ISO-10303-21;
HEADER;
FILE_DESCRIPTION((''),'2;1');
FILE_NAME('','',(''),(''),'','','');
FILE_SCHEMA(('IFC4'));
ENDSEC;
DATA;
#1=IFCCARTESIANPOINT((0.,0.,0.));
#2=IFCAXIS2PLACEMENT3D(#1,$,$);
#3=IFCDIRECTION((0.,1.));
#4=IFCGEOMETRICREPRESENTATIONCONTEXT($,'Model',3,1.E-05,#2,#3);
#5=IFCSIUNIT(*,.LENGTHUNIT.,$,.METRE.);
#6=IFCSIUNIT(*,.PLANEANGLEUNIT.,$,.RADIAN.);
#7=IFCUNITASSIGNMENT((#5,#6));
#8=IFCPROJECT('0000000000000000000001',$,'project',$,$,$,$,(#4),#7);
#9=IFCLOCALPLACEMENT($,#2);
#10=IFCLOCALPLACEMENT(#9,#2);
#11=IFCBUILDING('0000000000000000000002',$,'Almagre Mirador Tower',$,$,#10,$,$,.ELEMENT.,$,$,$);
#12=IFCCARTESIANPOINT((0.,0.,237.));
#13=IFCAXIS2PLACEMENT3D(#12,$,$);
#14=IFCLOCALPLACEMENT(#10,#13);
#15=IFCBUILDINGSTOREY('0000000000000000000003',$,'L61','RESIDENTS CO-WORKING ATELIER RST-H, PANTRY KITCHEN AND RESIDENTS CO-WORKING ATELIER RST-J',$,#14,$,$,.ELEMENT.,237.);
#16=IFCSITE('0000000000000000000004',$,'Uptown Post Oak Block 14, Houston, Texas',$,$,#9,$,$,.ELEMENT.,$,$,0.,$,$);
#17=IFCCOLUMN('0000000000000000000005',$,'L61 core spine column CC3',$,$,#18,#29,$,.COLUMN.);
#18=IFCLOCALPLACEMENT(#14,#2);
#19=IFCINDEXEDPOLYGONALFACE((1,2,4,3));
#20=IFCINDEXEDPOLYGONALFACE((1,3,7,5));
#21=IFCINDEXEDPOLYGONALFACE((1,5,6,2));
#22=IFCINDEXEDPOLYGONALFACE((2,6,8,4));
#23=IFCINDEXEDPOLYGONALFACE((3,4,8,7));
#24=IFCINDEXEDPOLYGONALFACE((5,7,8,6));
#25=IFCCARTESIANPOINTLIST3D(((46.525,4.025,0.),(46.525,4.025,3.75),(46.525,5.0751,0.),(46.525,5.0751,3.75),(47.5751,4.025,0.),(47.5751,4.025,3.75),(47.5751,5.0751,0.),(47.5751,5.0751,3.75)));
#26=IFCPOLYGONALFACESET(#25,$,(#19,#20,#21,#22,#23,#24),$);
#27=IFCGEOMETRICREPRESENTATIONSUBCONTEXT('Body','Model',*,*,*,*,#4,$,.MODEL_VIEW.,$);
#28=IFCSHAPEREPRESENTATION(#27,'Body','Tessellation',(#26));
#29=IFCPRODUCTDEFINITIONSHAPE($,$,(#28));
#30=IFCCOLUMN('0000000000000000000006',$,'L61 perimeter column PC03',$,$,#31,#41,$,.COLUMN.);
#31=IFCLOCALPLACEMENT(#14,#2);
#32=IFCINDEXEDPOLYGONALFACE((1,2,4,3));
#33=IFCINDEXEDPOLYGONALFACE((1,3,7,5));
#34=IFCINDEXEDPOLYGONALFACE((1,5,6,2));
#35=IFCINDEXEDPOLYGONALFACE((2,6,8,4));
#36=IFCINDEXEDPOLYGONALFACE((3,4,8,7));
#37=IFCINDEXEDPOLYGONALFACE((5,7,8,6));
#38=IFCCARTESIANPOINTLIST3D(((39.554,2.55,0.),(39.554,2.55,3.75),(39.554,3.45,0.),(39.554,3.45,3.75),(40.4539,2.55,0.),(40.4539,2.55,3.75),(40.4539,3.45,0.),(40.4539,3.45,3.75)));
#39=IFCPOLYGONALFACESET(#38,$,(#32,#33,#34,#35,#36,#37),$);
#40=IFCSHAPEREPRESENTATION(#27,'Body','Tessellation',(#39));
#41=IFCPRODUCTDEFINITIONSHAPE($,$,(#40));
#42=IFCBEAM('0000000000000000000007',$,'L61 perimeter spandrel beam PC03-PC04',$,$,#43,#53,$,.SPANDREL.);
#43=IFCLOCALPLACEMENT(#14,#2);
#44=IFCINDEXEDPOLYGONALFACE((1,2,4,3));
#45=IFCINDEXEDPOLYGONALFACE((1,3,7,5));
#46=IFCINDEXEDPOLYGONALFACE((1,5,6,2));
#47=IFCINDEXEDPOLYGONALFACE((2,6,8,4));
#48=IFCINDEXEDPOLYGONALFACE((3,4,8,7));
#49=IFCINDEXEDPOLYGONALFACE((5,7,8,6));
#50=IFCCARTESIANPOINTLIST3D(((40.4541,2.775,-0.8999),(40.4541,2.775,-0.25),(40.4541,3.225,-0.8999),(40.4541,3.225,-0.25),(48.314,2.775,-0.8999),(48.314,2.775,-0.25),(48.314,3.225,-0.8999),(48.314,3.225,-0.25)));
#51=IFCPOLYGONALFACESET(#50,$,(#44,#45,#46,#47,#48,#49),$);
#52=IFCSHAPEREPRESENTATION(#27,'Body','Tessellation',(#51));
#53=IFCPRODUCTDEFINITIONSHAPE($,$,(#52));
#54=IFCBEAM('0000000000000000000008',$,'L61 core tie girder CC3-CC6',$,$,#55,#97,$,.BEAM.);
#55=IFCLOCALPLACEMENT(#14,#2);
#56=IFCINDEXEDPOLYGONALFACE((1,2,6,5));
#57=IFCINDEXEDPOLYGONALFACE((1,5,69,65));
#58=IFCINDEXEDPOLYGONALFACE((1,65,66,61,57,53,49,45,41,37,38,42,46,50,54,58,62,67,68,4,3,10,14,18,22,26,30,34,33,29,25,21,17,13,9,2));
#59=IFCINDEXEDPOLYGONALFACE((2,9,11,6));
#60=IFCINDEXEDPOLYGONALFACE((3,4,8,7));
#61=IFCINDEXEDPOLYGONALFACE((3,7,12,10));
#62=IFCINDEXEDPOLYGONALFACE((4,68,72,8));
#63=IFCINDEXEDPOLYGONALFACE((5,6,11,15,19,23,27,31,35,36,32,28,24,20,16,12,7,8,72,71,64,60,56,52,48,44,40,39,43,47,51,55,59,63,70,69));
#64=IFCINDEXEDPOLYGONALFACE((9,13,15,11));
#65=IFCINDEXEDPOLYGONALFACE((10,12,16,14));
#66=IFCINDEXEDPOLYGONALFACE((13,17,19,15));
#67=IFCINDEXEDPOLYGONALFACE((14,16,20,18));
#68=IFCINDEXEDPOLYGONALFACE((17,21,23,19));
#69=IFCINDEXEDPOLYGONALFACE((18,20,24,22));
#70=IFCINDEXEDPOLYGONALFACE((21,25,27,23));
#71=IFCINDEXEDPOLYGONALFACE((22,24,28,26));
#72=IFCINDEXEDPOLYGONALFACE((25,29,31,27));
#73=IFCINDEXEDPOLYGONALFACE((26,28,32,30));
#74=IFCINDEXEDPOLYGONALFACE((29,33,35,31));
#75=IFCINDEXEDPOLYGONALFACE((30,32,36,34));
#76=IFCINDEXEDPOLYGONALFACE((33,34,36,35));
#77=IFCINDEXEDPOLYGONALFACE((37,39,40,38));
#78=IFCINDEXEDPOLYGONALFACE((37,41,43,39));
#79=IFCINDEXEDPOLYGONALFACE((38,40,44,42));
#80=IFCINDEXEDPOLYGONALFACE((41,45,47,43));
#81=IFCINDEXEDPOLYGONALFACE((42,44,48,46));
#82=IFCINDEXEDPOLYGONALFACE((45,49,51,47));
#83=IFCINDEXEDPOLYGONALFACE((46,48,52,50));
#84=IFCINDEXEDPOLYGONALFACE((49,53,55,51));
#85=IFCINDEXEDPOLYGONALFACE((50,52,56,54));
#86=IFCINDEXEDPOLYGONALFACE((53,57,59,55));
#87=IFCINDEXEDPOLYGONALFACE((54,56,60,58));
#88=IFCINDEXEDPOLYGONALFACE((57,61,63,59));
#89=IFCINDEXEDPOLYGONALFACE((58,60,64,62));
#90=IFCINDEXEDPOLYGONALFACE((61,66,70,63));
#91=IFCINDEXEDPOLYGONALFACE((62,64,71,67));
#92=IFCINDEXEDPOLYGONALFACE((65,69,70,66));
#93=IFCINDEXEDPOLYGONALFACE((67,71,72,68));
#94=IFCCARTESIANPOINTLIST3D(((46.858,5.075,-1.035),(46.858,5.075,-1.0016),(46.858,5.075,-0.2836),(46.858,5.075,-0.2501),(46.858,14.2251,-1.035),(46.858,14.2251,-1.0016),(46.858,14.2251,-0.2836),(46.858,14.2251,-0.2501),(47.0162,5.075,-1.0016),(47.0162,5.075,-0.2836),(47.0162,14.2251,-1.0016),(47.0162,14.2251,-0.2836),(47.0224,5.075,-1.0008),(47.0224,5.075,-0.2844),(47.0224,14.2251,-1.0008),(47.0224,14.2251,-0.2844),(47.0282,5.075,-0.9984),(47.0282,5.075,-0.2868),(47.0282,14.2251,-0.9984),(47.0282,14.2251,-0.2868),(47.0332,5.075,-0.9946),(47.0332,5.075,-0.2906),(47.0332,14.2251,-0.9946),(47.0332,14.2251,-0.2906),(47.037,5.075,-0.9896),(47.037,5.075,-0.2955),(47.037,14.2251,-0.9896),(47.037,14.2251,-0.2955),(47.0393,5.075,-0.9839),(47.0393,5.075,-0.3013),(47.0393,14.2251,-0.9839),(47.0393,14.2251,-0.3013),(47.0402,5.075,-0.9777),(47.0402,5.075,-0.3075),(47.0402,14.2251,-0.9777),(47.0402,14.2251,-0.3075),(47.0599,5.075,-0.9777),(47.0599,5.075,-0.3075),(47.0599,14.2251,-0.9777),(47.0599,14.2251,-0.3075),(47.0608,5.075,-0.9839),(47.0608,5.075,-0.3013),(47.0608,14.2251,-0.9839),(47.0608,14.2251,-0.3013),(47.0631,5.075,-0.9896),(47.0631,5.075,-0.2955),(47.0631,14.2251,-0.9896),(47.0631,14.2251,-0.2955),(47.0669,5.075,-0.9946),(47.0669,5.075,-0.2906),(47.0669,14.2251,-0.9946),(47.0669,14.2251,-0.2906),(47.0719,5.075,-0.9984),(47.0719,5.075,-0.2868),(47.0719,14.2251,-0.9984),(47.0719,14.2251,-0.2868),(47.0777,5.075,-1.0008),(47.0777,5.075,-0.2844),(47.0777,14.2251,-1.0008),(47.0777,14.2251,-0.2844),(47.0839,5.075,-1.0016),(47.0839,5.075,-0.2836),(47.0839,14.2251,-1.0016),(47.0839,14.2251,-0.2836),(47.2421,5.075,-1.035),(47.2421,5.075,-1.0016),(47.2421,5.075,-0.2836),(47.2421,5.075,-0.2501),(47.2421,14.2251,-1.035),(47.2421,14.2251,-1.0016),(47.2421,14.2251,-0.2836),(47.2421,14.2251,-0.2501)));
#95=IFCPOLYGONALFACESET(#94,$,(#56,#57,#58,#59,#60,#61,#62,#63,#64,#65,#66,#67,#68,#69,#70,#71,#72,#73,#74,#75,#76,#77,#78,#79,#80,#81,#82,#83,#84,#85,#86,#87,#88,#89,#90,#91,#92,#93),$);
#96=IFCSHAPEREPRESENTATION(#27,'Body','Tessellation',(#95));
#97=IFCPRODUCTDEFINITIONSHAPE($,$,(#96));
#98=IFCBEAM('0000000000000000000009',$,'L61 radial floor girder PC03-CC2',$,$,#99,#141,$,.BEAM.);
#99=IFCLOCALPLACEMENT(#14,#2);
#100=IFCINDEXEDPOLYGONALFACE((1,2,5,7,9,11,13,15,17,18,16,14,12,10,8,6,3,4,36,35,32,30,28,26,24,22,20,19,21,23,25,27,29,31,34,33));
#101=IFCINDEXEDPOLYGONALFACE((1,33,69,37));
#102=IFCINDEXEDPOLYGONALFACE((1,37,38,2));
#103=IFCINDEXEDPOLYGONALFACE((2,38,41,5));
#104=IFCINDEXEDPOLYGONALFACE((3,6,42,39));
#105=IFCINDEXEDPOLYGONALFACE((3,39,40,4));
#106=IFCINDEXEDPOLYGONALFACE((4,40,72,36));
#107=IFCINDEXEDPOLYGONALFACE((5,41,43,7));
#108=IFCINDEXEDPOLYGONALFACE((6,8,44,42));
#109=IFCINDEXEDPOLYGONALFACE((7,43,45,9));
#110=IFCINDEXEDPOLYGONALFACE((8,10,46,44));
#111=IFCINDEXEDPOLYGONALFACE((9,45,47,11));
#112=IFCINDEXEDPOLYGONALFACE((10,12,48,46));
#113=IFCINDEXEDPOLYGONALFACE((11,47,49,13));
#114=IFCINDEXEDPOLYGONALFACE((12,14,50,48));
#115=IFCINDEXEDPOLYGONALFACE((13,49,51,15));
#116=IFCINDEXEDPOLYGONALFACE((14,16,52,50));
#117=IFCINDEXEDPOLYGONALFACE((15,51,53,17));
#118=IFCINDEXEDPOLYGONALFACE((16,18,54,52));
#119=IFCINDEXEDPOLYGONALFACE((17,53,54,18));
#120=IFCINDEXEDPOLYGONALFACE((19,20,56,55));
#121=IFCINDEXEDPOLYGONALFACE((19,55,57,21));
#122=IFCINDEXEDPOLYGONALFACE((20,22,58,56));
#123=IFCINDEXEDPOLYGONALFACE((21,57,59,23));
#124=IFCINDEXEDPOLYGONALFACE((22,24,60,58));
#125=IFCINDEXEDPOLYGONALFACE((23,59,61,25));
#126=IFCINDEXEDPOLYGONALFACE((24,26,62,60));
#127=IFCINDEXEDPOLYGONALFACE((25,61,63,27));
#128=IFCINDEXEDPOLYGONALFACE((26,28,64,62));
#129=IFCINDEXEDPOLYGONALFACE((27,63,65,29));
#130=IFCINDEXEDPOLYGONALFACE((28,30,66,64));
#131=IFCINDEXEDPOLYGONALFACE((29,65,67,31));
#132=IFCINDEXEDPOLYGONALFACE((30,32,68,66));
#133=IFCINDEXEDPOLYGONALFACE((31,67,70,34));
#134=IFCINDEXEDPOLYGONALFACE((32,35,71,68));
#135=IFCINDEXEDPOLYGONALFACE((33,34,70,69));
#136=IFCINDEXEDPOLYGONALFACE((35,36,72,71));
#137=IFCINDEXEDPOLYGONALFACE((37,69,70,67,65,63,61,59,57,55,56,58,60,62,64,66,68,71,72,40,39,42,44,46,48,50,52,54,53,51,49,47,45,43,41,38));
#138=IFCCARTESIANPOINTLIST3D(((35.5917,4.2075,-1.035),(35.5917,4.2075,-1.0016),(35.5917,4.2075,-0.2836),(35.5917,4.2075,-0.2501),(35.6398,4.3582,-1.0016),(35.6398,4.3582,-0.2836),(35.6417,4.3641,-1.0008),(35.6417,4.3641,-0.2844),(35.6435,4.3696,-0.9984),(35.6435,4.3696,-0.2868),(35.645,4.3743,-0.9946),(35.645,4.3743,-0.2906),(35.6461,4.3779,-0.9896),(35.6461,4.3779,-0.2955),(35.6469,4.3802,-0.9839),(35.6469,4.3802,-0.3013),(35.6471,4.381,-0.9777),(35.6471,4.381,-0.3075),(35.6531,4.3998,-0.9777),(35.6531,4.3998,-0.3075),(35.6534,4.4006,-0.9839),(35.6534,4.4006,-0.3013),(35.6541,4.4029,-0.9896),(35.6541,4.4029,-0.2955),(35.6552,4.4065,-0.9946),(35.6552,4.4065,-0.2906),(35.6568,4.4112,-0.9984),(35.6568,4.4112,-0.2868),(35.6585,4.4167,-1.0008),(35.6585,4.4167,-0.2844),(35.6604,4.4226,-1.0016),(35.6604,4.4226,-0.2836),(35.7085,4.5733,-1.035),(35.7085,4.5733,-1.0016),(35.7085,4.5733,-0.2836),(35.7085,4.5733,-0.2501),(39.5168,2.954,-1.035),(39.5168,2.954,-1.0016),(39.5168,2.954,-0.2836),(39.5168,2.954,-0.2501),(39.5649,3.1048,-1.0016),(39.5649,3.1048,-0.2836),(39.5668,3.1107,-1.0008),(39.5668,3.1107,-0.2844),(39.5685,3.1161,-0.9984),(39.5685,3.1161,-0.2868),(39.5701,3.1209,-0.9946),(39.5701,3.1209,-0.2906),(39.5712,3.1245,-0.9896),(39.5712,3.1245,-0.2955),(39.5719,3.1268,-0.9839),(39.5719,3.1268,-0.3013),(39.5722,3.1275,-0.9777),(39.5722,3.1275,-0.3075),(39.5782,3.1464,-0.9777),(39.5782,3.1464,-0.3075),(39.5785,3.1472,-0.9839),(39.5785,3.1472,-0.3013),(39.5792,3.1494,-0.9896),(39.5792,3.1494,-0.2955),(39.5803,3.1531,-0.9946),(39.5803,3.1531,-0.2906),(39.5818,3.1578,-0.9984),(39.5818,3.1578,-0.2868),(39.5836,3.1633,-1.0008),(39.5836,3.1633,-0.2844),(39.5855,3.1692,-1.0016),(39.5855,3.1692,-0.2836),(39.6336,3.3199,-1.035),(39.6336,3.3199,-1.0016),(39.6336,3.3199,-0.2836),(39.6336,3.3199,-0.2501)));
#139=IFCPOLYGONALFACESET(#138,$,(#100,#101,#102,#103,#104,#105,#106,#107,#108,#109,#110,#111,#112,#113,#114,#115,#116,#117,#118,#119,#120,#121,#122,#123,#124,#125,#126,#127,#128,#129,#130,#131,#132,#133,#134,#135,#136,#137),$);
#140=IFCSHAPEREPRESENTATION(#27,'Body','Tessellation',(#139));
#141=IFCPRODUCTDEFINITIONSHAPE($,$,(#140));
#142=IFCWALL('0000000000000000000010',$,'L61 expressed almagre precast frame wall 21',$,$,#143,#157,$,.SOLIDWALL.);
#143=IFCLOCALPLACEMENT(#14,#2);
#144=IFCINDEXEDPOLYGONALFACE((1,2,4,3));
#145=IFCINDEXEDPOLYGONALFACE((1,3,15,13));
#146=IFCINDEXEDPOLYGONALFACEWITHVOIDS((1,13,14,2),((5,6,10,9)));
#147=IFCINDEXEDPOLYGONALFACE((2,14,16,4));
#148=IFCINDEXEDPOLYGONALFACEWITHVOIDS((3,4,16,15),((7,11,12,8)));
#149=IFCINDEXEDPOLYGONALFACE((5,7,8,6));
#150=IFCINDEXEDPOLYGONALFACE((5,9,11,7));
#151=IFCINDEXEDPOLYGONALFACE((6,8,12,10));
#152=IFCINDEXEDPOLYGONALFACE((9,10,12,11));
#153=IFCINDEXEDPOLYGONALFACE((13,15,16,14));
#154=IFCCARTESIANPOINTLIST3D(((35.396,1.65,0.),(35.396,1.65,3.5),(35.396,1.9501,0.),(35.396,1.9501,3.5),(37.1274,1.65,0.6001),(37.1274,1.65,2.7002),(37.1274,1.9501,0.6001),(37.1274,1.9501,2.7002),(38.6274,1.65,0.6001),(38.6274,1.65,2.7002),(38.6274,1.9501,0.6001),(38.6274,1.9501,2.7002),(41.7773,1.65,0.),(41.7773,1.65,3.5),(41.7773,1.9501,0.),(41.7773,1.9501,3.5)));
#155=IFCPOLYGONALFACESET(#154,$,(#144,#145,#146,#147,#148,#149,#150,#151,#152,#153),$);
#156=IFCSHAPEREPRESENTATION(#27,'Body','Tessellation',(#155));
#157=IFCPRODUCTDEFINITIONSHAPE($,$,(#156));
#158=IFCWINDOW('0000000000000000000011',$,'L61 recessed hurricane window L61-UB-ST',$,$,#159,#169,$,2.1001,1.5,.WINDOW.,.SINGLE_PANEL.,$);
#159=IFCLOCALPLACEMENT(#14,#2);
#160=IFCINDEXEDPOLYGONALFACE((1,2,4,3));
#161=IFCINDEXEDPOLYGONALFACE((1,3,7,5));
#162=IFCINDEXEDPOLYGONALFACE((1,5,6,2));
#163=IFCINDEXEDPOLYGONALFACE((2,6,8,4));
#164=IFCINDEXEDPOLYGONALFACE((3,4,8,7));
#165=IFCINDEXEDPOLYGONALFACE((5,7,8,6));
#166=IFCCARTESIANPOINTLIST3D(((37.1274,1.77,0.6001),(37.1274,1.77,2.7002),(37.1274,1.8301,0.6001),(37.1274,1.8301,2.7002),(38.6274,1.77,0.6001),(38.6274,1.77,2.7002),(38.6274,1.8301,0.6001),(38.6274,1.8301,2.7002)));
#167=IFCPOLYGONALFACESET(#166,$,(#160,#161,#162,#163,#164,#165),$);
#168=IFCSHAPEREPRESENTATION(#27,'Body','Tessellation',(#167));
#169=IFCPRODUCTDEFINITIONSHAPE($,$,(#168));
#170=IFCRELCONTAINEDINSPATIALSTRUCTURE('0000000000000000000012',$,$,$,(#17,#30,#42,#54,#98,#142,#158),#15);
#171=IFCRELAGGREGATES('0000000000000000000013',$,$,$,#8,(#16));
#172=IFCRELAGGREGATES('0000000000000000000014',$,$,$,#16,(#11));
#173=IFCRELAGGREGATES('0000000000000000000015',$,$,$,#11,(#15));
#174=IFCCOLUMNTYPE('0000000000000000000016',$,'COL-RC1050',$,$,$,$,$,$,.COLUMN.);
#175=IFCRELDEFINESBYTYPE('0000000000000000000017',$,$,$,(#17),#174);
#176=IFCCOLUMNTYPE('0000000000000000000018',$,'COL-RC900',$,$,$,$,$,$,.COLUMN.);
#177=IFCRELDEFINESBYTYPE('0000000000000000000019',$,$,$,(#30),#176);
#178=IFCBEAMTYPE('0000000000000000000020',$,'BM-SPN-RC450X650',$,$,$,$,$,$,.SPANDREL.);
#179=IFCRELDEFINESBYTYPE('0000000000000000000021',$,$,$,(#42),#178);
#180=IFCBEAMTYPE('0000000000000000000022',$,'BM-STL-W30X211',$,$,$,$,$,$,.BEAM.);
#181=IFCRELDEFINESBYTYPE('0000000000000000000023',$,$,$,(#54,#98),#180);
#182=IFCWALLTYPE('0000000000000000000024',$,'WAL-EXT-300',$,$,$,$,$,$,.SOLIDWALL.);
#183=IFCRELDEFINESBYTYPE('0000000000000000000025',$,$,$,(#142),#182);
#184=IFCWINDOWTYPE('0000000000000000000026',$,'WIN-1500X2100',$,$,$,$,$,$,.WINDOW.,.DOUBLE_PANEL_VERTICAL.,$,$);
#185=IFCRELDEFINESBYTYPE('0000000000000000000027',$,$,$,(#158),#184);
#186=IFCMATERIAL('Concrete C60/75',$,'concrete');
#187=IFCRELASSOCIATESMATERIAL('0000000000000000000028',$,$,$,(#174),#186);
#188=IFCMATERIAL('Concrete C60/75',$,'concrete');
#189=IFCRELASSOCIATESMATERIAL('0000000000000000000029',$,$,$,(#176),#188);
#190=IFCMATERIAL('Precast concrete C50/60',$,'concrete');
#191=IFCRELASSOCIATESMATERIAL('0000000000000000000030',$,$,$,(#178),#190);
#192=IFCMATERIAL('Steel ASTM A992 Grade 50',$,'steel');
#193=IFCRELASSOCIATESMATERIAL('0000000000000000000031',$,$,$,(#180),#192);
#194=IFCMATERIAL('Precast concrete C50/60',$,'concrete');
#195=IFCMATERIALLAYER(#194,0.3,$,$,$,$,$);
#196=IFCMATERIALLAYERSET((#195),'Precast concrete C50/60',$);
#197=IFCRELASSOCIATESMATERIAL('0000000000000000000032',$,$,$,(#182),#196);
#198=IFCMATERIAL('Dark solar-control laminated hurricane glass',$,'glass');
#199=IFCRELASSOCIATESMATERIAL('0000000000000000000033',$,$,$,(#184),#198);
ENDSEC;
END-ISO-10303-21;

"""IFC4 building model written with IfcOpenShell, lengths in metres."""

from ifc_helpers import new_model, si_unit, direction, frame, frame_2d, origin, origin_2d, place, context, subcontext, project, spatial, rectangle, i_section, extrude, material, layer, layer_set, material_profile, profile_set, type_object, element, fill, save


model = new_model("IFC4")

# Units and contexts
model_context = context("Model", 3, precision=1e-05, world=origin(), true_north=direction((0.0, 1.0)))
body_context = subcontext(model_context, "Body", "Model", "MODEL_VIEW")
ifc_project = project(units=[si_unit("LENGTHUNIT", "METRE"), si_unit("PLANEANGLEUNIT", "RADIAN")], contexts=[model_context])

# Site, building, storey
site_placement = place(None, origin())
site = spatial("IfcSite", under=ifc_project, at=site_placement, Name="Uptown Post Oak Block 14, Houston, Texas", CompositionType="ELEMENT", RefElevation=0.0)
building_placement = place(site_placement, origin())
building = spatial("IfcBuilding", under=site, at=building_placement, Name="Almagre Mirador Tower", CompositionType="ELEMENT")
storey_placement = place(building_placement, frame((0.0, 0.0, 237.0)))
storey = spatial("IfcBuildingStorey", under=building, at=storey_placement, Name="L61", Description="RESIDENTS CO-WORKING ATELIER RST-H, PANTRY KITCHEN AND RESIDENTS CO-WORKING ATELIER RST-J", CompositionType="ELEMENT", Elevation=237.0)

# Columns
ifc_material_1 = material(Name="Concrete C60/75", Category="concrete")
ifc_material_profile_1 = material_profile(ifc_material_1, rectangle(XDim=1.05, YDim=1.05, at=origin_2d()), Name="RC1050X1050")
ifc_profile_set_1 = profile_set([ifc_material_profile_1], Name="Concrete C60/75")
column_type_1 = type_object("IfcColumnType", Name="COL-RC1050", PredefinedType="COLUMN", material=ifc_profile_set_1)
column_1_placement = place(storey_placement, frame((47.05, 4.55, 0.0), z_axis=(0.0, 0.0, 1.0), x_axis=(1.0, 0.0, 0.0)))
element("IfcColumn", 1, at=column_1_placement, inside=storey, type_object=column_type_1, Name="L61 core spine column CC3", PredefinedType="COLUMN", context=body_context, shape_type="SweptSolid", body=[
    extrude(rectangle(XDim=1.05, YDim=1.05, at=origin_2d()), origin(), (0.0, 0.0, 1.0), 3.75),
])
ifc_material_2 = material(Name="Concrete C60/75", Category="concrete")
ifc_material_profile_2 = material_profile(ifc_material_2, rectangle(XDim=0.8999, YDim=0.8999, at=origin_2d()), Name="RC900X900")
ifc_profile_set_2 = profile_set([ifc_material_profile_2], Name="Concrete C60/75")
column_type_2 = type_object("IfcColumnType", Name="COL-RC900", PredefinedType="COLUMN", material=ifc_profile_set_2)
column_2_placement = place(storey_placement, frame((40.0039, 3.0, 0.0), z_axis=(0.0, 0.0, 1.0), x_axis=(1.0, 0.0, 0.0)))
element("IfcColumn", 2, at=column_2_placement, inside=storey, type_object=column_type_2, Name="L61 perimeter column PC03", PredefinedType="COLUMN", context=body_context, shape_type="SweptSolid", body=[
    extrude(rectangle(XDim=0.8999, YDim=0.8999, at=origin_2d()), origin(), (0.0, 0.0, 1.0), 3.75),
])

# Beams
ifc_material_3 = material(Name="Precast concrete C50/60", Category="concrete")
ifc_material_profile_3 = material_profile(ifc_material_3, rectangle(XDim=0.45, YDim=0.6499, at=origin_2d()), Name="RC450X650")
ifc_profile_set_3 = profile_set([ifc_material_profile_3], Name="Precast concrete C50/60")
beam_type_1 = type_object("IfcBeamType", Name="BM-SPN-RC450X650", PredefinedType="SPANDREL", material=ifc_profile_set_3)
beam_1_placement = place(storey_placement, frame((40.4541, 3.0, -0.575), z_axis=(1.0, 0.0, 0.0), x_axis=(0.0, 1.0, 0.0)))
element("IfcBeam", 3, at=beam_1_placement, inside=storey, type_object=beam_type_1, Name="L61 perimeter spandrel beam PC03-PC04", PredefinedType="SPANDREL", context=body_context, shape_type="SweptSolid", body=[
    extrude(rectangle(XDim=0.45, YDim=0.6499, at=origin_2d()), origin(), (0.0, 0.0, 1.0), 7.8599),
])
ifc_material_4 = material(Name="Steel ASTM A992 Grade 50", Category="steel")
ifc_material_profile_4 = material_profile(ifc_material_4, i_section(OverallWidth=0.384, OverallDepth=0.7849, WebThickness=0.0198, FlangeThickness=0.0334, FilletRadius=0.0239, at=origin_2d()), Name="W30X211")
ifc_profile_set_4 = profile_set([ifc_material_profile_4], Name="Steel ASTM A992 Grade 50")
beam_type_2 = type_object("IfcBeamType", Name="BM-STL-W30X211", PredefinedType="BEAM", material=ifc_profile_set_4)
beam_2_placement = place(storey_placement, frame((47.05, 5.075, -0.6426), z_axis=(0.0, 1.0, 0.0), x_axis=(-1.0, 0.0, 0.0)))
element("IfcBeam", 4, at=beam_2_placement, inside=storey, type_object=beam_type_2, Name="L61 core tie girder CC3-CC6", PredefinedType="BEAM", context=body_context, shape_type="SweptSolid", body=[
    extrude(i_section(OverallWidth=0.384, OverallDepth=0.7849, WebThickness=0.0198, FlangeThickness=0.0334, FilletRadius=0.0239, at=origin_2d()), origin(), (0.0, 0.0, 1.0), 9.1501),
])
beam_3_placement = place(storey_placement, frame((39.5752, 3.137, -0.6426), z_axis=(-0.952607, 0.304204, 0.0), x_axis=(-0.304204, -0.952607, 0.0)))
element("IfcBeam", 5, at=beam_3_placement, inside=storey, type_object=beam_type_2, Name="L61 radial floor girder PC03-CC2", PredefinedType="BEAM", context=body_context, shape_type="SweptSolid", body=[
    extrude(i_section(OverallWidth=0.384, OverallDepth=0.7849, WebThickness=0.0198, FlangeThickness=0.0334, FilletRadius=0.0239, at=origin_2d()), origin(), (0.0, 0.0, 1.0), 4.1204),
])

# Wall, opening, window
ifc_material_5 = material(Name="Precast concrete C50/60", Category="concrete")
ifc_layer_1 = layer(ifc_material_5, 0.3)
ifc_layer_set_1 = layer_set([ifc_layer_1], Name="Precast concrete C50/60")
wall_type_1 = type_object("IfcWallType", Name="WAL-EXT-300", PredefinedType="SOLIDWALL", material=ifc_layer_set_1)
wall_1_placement = place(storey_placement, frame((41.7773, 1.8, 0.0), z_axis=(0.0, 0.0, 1.0), x_axis=(-1.0, 0.0, 0.0)))
wall_1 = element("IfcWall", 6, at=wall_1_placement, inside=storey, type_object=wall_type_1, Name="L61 expressed almagre precast frame wall 21", PredefinedType="SOLIDWALL", context=body_context, shape_type="SweptSolid", body=[
    extrude(rectangle(XDim=6.3813, YDim=0.3, at=frame_2d((3.1907, 0.0))), origin(), (0.0, 0.0, 1.0), 3.5),
])
opening_1_placement = place(wall_1_placement, frame((3.1499, 0.0, 0.6001)))
opening_1 = element("IfcOpeningElement", 7, at=opening_1_placement, cuts=wall_1, PredefinedType="OPENING", context=body_context, shape_type="SweptSolid", body=[
    extrude(rectangle(XDim=1.5, YDim=2.1001, at=frame_2d((0.75, 1.05))), frame((0.0, 0.1599, 0.0), z_axis=(0.0, -1.0, 0.0), x_axis=(1.0, 0.0, 0.0)), (0.0, 0.0, 1.0), 0.32),
])
ifc_material_6 = material(Name="Dark solar-control laminated hurricane glass", Category="glass")
window_type = type_object("IfcWindowType", Name="WIN-1500X2100", PartitioningType="DOUBLE_PANEL_VERTICAL", PredefinedType="WINDOW", material=ifc_material_6)
window_placement = place(opening_1_placement, origin())
window = element("IfcWindow", 8, at=window_placement, inside=storey, type_object=window_type, Name="L61 recessed hurricane window L61-UB-ST", OverallHeight=2.1001, OverallWidth=1.5, PartitioningType="SINGLE_PANEL", PredefinedType="WINDOW", context=body_context, shape_type="SweptSolid", body=[
    extrude(rectangle(XDim=1.5, YDim=2.1001, at=frame_2d((0.75, 1.05))), frame((0.0, 0.03, 0.0), z_axis=(0.0, -1.0, 0.0), x_axis=(1.0, 0.0, 0.0)), (0.0, 0.0, 1.0), 0.0601),
])
fill(opening_1, window)

save(model, "model.ifc")
